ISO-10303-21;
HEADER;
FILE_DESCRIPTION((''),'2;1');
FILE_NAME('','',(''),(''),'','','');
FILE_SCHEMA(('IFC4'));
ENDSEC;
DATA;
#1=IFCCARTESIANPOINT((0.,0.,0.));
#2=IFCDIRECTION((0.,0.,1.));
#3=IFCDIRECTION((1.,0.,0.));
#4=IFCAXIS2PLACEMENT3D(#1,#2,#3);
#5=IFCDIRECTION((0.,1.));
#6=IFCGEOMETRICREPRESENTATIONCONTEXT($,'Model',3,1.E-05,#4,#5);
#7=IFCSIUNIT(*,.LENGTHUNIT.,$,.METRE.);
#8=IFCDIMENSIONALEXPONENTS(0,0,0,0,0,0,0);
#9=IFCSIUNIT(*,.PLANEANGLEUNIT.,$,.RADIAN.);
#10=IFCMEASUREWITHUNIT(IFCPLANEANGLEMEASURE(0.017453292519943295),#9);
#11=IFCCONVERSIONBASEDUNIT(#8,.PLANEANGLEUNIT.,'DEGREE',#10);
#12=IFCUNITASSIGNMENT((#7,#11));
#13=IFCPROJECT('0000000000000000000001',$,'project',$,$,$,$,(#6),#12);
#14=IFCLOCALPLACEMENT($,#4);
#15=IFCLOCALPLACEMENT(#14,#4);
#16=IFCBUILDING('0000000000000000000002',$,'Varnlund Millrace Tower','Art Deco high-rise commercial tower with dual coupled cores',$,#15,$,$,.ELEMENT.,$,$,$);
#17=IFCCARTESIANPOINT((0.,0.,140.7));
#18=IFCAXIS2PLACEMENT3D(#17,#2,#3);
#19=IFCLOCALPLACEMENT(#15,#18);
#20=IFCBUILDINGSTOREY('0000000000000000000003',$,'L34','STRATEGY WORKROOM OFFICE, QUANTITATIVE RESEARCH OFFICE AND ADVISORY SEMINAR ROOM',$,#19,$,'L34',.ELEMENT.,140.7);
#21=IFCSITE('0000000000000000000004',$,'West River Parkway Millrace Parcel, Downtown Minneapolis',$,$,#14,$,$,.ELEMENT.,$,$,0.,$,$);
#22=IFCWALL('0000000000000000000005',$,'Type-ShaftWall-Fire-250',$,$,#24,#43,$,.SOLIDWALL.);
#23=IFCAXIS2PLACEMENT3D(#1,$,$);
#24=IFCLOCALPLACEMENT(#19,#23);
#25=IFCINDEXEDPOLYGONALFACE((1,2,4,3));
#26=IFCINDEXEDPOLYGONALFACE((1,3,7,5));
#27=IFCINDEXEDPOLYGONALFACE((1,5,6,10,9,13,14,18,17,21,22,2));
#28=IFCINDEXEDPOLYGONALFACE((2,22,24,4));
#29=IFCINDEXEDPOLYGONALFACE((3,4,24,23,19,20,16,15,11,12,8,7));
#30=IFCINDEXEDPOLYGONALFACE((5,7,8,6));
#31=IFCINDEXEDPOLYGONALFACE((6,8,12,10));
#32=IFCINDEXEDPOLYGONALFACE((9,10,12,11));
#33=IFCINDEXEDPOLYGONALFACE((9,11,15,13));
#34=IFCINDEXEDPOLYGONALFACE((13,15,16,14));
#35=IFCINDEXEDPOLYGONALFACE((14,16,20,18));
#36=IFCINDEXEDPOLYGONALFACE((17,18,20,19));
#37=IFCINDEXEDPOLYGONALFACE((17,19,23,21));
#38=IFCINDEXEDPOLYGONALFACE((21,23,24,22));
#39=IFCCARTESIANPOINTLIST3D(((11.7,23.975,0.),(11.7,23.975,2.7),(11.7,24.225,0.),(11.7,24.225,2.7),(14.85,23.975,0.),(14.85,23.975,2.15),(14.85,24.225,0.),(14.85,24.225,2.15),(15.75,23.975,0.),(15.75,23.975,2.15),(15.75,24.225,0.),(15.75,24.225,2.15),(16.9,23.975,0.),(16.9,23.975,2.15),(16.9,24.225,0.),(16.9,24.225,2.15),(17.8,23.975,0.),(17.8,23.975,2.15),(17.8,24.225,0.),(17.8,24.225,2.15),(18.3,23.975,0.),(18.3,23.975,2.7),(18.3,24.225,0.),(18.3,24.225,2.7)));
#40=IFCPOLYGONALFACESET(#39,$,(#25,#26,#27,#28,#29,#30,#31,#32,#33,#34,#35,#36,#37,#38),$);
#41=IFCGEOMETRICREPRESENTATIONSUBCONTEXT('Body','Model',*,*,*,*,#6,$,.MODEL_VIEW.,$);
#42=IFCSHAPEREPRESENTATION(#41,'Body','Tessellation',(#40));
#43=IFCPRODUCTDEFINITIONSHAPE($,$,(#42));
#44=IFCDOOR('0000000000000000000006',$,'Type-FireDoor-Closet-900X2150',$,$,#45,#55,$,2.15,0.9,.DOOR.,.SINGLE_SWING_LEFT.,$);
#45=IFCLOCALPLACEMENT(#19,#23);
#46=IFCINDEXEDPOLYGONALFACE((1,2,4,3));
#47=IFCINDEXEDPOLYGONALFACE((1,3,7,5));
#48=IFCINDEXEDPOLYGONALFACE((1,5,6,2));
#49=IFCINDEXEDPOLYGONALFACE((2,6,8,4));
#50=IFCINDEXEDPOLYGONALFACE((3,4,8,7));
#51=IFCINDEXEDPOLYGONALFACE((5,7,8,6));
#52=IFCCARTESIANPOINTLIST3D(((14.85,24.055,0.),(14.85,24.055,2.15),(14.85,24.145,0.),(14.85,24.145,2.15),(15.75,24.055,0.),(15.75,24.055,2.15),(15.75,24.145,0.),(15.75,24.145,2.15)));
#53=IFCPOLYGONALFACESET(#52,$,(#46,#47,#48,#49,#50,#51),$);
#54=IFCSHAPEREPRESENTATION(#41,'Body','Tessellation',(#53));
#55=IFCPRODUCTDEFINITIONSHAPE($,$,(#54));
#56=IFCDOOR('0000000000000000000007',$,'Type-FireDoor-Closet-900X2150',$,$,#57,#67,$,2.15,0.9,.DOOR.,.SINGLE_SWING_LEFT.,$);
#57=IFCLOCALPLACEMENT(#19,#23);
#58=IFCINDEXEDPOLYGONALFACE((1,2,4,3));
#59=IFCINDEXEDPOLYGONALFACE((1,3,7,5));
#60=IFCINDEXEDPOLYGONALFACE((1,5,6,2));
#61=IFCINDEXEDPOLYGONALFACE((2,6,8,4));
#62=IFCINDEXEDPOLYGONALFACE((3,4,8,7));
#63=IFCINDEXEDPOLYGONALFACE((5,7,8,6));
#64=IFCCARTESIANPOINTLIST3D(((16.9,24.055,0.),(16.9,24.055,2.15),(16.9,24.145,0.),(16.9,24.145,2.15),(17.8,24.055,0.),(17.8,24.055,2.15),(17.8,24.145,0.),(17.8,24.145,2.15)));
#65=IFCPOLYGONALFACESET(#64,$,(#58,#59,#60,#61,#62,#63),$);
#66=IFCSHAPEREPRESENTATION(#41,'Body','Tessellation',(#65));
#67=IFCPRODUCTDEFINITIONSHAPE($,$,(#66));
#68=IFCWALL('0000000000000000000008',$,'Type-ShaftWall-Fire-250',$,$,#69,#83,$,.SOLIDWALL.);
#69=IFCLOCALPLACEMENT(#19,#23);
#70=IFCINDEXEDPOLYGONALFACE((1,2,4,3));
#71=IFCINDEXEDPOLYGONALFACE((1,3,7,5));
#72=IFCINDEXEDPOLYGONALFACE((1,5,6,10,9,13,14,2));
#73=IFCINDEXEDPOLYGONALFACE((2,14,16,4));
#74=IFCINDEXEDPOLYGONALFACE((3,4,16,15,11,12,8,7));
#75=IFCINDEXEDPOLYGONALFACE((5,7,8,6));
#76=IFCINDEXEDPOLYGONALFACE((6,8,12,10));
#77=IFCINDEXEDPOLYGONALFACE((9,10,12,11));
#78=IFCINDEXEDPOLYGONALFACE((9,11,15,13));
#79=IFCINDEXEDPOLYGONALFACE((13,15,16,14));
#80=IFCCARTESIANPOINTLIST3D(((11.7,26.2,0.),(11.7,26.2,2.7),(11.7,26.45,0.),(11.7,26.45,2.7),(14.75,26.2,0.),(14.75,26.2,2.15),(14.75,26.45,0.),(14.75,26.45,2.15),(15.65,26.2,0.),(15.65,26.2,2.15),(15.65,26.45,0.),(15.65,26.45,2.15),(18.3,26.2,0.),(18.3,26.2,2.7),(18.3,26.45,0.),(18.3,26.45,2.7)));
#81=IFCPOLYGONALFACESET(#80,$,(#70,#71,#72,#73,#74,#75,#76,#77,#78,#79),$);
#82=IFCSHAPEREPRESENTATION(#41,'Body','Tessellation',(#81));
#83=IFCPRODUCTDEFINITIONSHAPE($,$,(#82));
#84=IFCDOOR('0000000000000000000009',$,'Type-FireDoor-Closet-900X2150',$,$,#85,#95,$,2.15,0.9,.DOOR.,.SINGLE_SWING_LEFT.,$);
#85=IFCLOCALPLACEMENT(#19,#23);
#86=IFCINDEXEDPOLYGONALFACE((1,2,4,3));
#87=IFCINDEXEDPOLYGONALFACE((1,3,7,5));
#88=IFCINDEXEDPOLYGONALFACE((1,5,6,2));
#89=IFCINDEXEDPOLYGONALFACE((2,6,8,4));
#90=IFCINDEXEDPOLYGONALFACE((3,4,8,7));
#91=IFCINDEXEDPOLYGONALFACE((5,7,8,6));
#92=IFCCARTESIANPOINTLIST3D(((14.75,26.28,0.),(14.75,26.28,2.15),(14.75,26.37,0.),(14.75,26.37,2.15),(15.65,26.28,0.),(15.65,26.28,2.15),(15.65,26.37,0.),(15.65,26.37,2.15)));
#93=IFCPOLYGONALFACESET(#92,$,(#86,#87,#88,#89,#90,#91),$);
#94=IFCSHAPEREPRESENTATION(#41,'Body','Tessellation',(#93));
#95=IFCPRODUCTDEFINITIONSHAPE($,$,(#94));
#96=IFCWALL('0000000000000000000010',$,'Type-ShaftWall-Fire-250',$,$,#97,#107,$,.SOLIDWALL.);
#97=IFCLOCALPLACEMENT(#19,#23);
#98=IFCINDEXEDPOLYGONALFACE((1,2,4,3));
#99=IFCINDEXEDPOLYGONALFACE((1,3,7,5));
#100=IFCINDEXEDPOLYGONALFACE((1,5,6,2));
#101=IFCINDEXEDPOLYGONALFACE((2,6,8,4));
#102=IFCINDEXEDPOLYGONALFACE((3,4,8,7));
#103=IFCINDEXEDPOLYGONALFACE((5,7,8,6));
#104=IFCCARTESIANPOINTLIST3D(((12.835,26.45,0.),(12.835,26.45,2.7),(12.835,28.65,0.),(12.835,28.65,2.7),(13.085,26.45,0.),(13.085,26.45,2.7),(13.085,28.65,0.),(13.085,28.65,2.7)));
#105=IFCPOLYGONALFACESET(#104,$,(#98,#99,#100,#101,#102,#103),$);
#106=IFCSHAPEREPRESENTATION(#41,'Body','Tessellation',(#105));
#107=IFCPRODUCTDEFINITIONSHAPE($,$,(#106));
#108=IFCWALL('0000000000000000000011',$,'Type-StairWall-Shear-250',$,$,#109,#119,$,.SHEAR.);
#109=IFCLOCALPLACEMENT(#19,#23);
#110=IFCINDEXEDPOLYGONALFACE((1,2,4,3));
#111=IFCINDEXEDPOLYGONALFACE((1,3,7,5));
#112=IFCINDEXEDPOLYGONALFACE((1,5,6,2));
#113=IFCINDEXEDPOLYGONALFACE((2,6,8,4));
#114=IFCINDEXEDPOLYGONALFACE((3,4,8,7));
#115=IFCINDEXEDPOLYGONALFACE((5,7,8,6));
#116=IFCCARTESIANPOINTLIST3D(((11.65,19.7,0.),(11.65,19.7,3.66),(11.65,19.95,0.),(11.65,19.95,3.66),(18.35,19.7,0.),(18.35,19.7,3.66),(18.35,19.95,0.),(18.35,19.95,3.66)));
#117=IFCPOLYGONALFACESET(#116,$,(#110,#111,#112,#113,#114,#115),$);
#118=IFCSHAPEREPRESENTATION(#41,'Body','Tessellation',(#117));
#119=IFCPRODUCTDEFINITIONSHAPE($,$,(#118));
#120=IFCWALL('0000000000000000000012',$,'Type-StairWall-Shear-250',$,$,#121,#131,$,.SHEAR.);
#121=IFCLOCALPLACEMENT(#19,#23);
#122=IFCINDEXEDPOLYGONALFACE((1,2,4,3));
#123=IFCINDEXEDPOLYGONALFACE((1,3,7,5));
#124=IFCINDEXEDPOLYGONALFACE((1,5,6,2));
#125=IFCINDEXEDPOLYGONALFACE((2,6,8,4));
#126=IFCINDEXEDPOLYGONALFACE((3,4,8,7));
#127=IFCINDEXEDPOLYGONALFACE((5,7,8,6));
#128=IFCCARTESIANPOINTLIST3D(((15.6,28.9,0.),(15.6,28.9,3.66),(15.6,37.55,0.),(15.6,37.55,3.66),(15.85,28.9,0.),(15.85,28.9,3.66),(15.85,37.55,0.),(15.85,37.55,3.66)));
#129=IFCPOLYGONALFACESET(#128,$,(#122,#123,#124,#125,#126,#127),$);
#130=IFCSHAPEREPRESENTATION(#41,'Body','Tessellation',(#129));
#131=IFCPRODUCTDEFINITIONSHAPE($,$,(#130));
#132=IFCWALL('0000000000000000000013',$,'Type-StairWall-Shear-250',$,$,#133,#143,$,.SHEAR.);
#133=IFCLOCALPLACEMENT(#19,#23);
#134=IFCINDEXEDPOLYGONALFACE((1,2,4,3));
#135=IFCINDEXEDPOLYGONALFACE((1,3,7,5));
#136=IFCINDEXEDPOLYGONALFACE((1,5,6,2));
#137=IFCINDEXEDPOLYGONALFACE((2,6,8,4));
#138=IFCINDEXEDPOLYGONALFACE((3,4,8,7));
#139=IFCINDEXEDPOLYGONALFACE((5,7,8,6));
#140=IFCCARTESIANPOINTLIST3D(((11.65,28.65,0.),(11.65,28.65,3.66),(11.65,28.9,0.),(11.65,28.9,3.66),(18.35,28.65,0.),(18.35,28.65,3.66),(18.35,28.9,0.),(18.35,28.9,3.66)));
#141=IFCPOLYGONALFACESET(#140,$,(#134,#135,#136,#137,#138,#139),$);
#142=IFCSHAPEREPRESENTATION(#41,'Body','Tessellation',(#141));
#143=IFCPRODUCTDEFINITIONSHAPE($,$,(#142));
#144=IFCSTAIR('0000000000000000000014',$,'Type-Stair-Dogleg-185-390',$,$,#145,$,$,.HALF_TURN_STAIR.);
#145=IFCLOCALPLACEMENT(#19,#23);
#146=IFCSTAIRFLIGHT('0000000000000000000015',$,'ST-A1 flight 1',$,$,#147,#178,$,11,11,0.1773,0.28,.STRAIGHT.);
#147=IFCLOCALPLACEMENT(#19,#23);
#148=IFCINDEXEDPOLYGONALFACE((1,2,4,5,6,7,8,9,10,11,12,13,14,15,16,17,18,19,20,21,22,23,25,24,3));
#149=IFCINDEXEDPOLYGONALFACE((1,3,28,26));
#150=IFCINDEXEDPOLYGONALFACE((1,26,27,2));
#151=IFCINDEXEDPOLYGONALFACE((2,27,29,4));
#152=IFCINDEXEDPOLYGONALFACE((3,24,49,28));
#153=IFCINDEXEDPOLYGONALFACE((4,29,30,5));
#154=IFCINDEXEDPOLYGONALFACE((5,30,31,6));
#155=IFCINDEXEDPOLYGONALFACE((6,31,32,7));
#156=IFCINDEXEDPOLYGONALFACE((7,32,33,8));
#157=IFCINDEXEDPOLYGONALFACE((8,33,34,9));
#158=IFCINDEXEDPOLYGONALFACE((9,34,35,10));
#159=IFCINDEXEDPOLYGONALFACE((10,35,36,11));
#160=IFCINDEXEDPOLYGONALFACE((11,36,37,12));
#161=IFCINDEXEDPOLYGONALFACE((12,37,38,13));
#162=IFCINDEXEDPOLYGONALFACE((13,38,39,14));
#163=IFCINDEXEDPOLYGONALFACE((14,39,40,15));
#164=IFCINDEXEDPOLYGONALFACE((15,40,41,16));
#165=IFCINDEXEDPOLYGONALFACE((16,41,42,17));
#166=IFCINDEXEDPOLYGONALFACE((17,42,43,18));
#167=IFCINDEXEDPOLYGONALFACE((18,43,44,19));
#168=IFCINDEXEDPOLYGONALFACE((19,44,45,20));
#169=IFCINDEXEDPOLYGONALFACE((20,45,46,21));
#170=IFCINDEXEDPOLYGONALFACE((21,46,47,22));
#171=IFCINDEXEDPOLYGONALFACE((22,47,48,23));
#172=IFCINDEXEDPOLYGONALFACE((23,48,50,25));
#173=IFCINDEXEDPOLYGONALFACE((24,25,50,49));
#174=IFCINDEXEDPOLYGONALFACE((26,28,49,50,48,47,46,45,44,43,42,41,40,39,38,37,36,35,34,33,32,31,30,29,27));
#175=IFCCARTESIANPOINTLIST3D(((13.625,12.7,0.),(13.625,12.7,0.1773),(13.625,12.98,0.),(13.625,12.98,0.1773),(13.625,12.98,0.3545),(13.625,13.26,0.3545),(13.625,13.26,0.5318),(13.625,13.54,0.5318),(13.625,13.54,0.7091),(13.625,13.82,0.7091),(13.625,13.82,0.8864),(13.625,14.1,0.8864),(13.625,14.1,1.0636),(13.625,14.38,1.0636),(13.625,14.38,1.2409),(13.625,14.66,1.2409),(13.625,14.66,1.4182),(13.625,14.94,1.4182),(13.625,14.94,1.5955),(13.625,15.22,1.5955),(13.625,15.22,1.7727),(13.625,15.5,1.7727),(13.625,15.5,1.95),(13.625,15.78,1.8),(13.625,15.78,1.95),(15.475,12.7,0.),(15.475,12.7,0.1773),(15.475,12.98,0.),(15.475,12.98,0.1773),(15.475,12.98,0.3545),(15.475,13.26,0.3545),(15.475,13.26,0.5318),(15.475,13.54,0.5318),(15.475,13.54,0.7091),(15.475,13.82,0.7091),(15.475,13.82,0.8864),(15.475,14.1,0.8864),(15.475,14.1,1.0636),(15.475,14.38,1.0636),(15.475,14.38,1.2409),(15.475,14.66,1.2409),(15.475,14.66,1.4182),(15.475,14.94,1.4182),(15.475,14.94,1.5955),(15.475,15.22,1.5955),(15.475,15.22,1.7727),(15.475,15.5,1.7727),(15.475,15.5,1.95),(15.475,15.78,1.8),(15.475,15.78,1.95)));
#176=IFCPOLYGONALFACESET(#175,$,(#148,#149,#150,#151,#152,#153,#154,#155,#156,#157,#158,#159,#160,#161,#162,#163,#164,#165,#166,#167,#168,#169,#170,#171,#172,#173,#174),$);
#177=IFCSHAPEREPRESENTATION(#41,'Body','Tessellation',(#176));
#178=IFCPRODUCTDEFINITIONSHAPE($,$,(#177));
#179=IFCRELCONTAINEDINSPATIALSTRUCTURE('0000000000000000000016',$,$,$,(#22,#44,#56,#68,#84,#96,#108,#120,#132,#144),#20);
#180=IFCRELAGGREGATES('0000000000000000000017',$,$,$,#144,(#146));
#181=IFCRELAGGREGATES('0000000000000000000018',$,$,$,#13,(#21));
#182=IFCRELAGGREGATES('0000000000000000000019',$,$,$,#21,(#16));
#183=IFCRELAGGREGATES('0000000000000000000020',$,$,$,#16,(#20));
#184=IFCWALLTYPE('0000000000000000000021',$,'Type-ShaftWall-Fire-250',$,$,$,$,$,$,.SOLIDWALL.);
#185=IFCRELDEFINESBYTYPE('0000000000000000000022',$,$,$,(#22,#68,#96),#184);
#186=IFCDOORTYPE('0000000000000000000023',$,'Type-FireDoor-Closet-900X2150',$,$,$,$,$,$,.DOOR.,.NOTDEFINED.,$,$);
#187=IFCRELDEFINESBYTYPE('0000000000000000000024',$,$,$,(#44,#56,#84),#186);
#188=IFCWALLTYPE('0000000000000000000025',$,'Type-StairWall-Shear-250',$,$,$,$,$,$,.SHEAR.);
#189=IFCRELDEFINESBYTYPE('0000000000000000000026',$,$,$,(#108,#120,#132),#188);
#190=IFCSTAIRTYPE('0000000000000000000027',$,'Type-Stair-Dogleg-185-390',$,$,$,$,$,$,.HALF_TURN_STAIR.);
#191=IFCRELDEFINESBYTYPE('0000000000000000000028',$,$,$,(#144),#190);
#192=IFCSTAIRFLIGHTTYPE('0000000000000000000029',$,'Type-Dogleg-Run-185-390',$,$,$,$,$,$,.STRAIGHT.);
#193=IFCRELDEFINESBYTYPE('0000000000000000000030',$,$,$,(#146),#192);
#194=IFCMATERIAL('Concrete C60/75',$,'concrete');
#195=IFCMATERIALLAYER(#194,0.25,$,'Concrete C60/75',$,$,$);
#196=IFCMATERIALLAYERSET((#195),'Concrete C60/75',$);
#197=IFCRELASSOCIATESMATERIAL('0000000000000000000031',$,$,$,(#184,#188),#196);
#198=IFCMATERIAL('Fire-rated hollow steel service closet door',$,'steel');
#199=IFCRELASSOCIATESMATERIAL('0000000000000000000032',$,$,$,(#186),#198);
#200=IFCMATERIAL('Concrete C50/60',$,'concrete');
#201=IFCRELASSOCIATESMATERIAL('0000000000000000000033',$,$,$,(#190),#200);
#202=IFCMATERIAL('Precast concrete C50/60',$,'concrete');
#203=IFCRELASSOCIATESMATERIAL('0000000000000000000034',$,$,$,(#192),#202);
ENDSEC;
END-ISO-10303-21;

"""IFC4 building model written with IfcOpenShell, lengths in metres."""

from ifc_helpers import new_model, entity, si_unit, converted_unit, direction, frame, origin_with_axes, origin_2d_with_axis, place, context, subcontext, project, spatial, polyline, rectangle, outline, extrude, material, layer, layer_set, type_object, element, fill, aggregate, save


model = new_model("IFC4")

# Units and contexts
model_context = context("Model", 3, precision=1e-05, world=origin_with_axes(), true_north=direction((0.0, 1.0)))
body_context = subcontext(model_context, "Body", "Model", "MODEL_VIEW")
ifc_project = project(units=[si_unit("LENGTHUNIT", "METRE"), converted_unit("PLANEANGLEUNIT", "DEGREE", entity("IfcPlaneAngleMeasure", 0.017453292519943295), si_unit("PLANEANGLEUNIT", "RADIAN"), dimensions=[0, 0, 0, 0, 0, 0, 0])], contexts=[model_context])

# Site, building, storey
site_placement = place(None, origin_with_axes())
site = spatial("IfcSite", under=ifc_project, at=site_placement, Name="West River Parkway Millrace Parcel, Downtown Minneapolis", CompositionType="ELEMENT", RefElevation=0.0)
building_placement = place(site_placement, origin_with_axes())
building = spatial("IfcBuilding", under=site, at=building_placement, Name="Varnlund Millrace Tower", Description="Art Deco high-rise commercial tower with dual coupled cores", CompositionType="ELEMENT")
storey_placement = place(building_placement, frame((0.0, 0.0, 140.7), z_axis=(0.0, 0.0, 1.0), x_axis=(1.0, 0.0, 0.0)))
storey = spatial("IfcBuildingStorey", under=building, at=storey_placement, Name="L34", Description="STRATEGY WORKROOM OFFICE, QUANTITATIVE RESEARCH OFFICE AND ADVISORY SEMINAR ROOM", LongName="L34", CompositionType="ELEMENT", Elevation=140.7)

# Wall, openings, doors
ifc_material_1 = material(Name="Concrete C60/75", Category="concrete")
ifc_layer = layer(ifc_material_1, 0.25, Name="Concrete C60/75")
ifc_layer_set = layer_set([ifc_layer], Name="Concrete C60/75")
wall_type_1 = type_object("IfcWallType", Name="Type-ShaftWall-Fire-250", PredefinedType="SOLIDWALL", material=ifc_layer_set)
wall_1_placement = place(storey_placement, frame((11.7, 24.1, 0.0), z_axis=(0.0, 0.0, 1.0), x_axis=(1.0, 0.0, 0.0)))
wall_1 = element("IfcWall", 1, at=wall_1_placement, inside=storey, type_object=wall_type_1, Name="Type-ShaftWall-Fire-250", PredefinedType="SOLIDWALL", context=body_context, shape_type="SweptSolid", body=[
    extrude(outline(polyline([(0.0, -0.125), (6.6, -0.125), (6.6, 0.125), (0.0, 0.125), (0.0, -0.125)])), origin_with_axes(), (0.0, 0.0, 1.0), 2.7),
])
opening_1_placement = place(wall_1_placement, frame((3.6, 0.0, 0.0), z_axis=(0.0, 0.0, 1.0), x_axis=(1.0, 0.0, 0.0)))
opening_1 = element("IfcOpeningElement", 2, at=opening_1_placement, cuts=wall_1, PredefinedType="OPENING", context=body_context, shape_type="SweptSolid", body=[
    extrude(rectangle(XDim=0.9, YDim=0.27, at=origin_2d_with_axis()), origin_with_axes(), (0.0, 0.0, 1.0), 2.15),
])
opening_2_placement = place(wall_1_placement, frame((5.65, 0.0, 0.0), z_axis=(0.0, 0.0, 1.0), x_axis=(1.0, 0.0, 0.0)))
opening_2 = element("IfcOpeningElement", 3, at=opening_2_placement, cuts=wall_1, PredefinedType="OPENING", context=body_context, shape_type="SweptSolid", body=[
    extrude(rectangle(XDim=0.9, YDim=0.27, at=origin_2d_with_axis()), origin_with_axes(), (0.0, 0.0, 1.0), 2.15),
])
ifc_material_2 = material(Name="Fire-rated hollow steel service closet door", Category="steel")
door_type_1 = type_object("IfcDoorType", Name="Type-FireDoor-Closet-900X2150", OperationType="NOTDEFINED", PredefinedType="DOOR", material=ifc_material_2)
door_1_placement = place(wall_1_placement, frame((3.6, 0.0, 0.0), z_axis=(0.0, 0.0, 1.0), x_axis=(1.0, 0.0, 0.0)))
door_1 = element("IfcDoor", 4, at=door_1_placement, inside=storey, type_object=door_type_1, Name="Type-FireDoor-Closet-900X2150", OperationType="SINGLE_SWING_LEFT", OverallHeight=2.15, OverallWidth=0.9, PredefinedType="DOOR", context=body_context, shape_type="SweptSolid", body=[
    extrude(rectangle(XDim=0.9, YDim=0.09, at=origin_2d_with_axis()), origin_with_axes(), (0.0, 0.0, 1.0), 2.15),
])
fill(opening_1, door_1)
door_2_placement = place(wall_1_placement, frame((5.65, 0.0, 0.0), z_axis=(0.0, 0.0, 1.0), x_axis=(1.0, 0.0, 0.0)))
door_2 = element("IfcDoor", 5, at=door_2_placement, inside=storey, type_object=door_type_1, Name="Type-FireDoor-Closet-900X2150", OperationType="SINGLE_SWING_LEFT", OverallHeight=2.15, OverallWidth=0.9, PredefinedType="DOOR", context=body_context, shape_type="SweptSolid", body=[
    extrude(rectangle(XDim=0.9, YDim=0.09, at=origin_2d_with_axis()), origin_with_axes(), (0.0, 0.0, 1.0), 2.15),
])
fill(opening_2, door_2)

# Wall, opening, door
wall_2_placement = place(storey_placement, frame((11.7, 26.325, 0.0), z_axis=(0.0, 0.0, 1.0), x_axis=(1.0, 0.0, 0.0)))
wall_2 = element("IfcWall", 6, at=wall_2_placement, inside=storey, type_object=wall_type_1, Name="Type-ShaftWall-Fire-250", PredefinedType="SOLIDWALL", context=body_context, shape_type="SweptSolid", body=[
    extrude(outline(polyline([(0.0, -0.125), (6.6, -0.125), (6.6, 0.125), (0.0, 0.125), (0.0, -0.125)])), origin_with_axes(), (0.0, 0.0, 1.0), 2.7),
])
opening_3_placement = place(wall_2_placement, frame((3.5, 0.0, 0.0), z_axis=(0.0, 0.0, 1.0), x_axis=(1.0, 0.0, 0.0)))
opening_3 = element("IfcOpeningElement", 7, at=opening_3_placement, cuts=wall_2, PredefinedType="OPENING", context=body_context, shape_type="SweptSolid", body=[
    extrude(rectangle(XDim=0.9, YDim=0.27, at=origin_2d_with_axis()), origin_with_axes(), (0.0, 0.0, 1.0), 2.15),
])
door_3_placement = place(wall_2_placement, frame((3.5, 0.0, 0.0), z_axis=(0.0, 0.0, 1.0), x_axis=(1.0, 0.0, 0.0)))
door_3 = element("IfcDoor", 8, at=door_3_placement, inside=storey, type_object=door_type_1, Name="Type-FireDoor-Closet-900X2150", OperationType="SINGLE_SWING_LEFT", OverallHeight=2.15, OverallWidth=0.9, PredefinedType="DOOR", context=body_context, shape_type="SweptSolid", body=[
    extrude(rectangle(XDim=0.9, YDim=0.09, at=origin_2d_with_axis()), origin_with_axes(), (0.0, 0.0, 1.0), 2.15),
])
fill(opening_3, door_3)

# Walls
wall_3_placement = place(storey_placement, frame((12.96, 26.45, 0.0), z_axis=(0.0, 0.0, 1.0), x_axis=(0.0, 1.0, 0.0)))
element("IfcWall", 9, at=wall_3_placement, inside=storey, type_object=wall_type_1, Name="Type-ShaftWall-Fire-250", PredefinedType="SOLIDWALL", context=body_context, shape_type="SweptSolid", body=[
    extrude(outline(polyline([(0.0, -0.125), (2.2, -0.125), (2.2, 0.125), (0.0, 0.125), (0.0, -0.125)])), origin_with_axes(), (0.0, 0.0, 1.0), 2.7),
])
wall_type_2 = type_object("IfcWallType", Name="Type-StairWall-Shear-250", PredefinedType="SHEAR", material=ifc_layer_set)
wall_4_placement = place(storey_placement, frame((11.65, 19.825, 0.0), z_axis=(0.0, 0.0, 1.0), x_axis=(1.0, 0.0, 0.0)))
element("IfcWall", 10, at=wall_4_placement, inside=storey, type_object=wall_type_2, Name="Type-StairWall-Shear-250", PredefinedType="SHEAR", context=body_context, shape_type="SweptSolid", body=[
    extrude(outline(polyline([(0.0, -0.125), (6.7, -0.125), (6.7, 0.125), (0.0, 0.125), (0.0, -0.125)])), origin_with_axes(), (0.0, 0.0, 1.0), 3.66),
])
wall_5_placement = place(storey_placement, frame((15.725, 28.9, 0.0), z_axis=(0.0, 0.0, 1.0), x_axis=(0.0, 1.0, 0.0)))
element("IfcWall", 11, at=wall_5_placement, inside=storey, type_object=wall_type_2, Name="Type-StairWall-Shear-250", PredefinedType="SHEAR", context=body_context, shape_type="SweptSolid", body=[
    extrude(outline(polyline([(0.0, -0.125), (8.65, -0.125), (8.65, 0.125), (0.0, 0.125), (0.0, -0.125)])), origin_with_axes(), (0.0, 0.0, 1.0), 3.66),
])
wall_6_placement = place(storey_placement, frame((11.65, 28.775, 0.0), z_axis=(0.0, 0.0, 1.0), x_axis=(1.0, 0.0, 0.0)))
element("IfcWall", 12, at=wall_6_placement, inside=storey, type_object=wall_type_2, Name="Type-StairWall-Shear-250", PredefinedType="SHEAR", context=body_context, shape_type="SweptSolid", body=[
    extrude(outline(polyline([(0.0, -0.125), (6.7, -0.125), (6.7, 0.125), (0.0, 0.125), (0.0, -0.125)])), origin_with_axes(), (0.0, 0.0, 1.0), 3.66),
])

# Stair, stair flight
ifc_material_3 = material(Name="Concrete C50/60", Category="concrete")
stair_type = type_object("IfcStairType", Name="Type-Stair-Dogleg-185-390", PredefinedType="HALF_TURN_STAIR", material=ifc_material_3)
stair_1_placement = place(storey_placement, origin_with_axes())
stair_1 = element("IfcStair", 13, at=stair_1_placement, inside=storey, type_object=stair_type, Name="Type-Stair-Dogleg-185-390", PredefinedType="HALF_TURN_STAIR")
ifc_material_4 = material(Name="Precast concrete C50/60", Category="concrete")
stair_flight_type = type_object("IfcStairFlightType", Name="Type-Dogleg-Run-185-390", PredefinedType="STRAIGHT", material=ifc_material_4)
stair_flight_1_placement = place(storey_placement, frame((13.625, 12.7, 0.0), z_axis=(1.0, 0.0, 0.0), x_axis=(0.0, 1.0, 0.0)))
stair_flight_1 = element("IfcStairFlight", 14, at=stair_flight_1_placement, type_object=stair_flight_type, Name="ST-A1 flight 1", NumberOfRisers=11, NumberOfTreads=11, PredefinedType="STRAIGHT", RiserHeight=0.1773, TreadLength=0.28, context=body_context, shape_type="SweptSolid", body=[
    extrude(outline(polyline([(0.0, 0.0), (0.0, 0.1773), (0.28, 0.1773), (0.28, 0.3545), (0.56, 0.3545), (0.56, 0.5318), (0.84, 0.5318), (0.84, 0.7091), (1.12, 0.7091), (1.12, 0.8864), (1.4, 0.8864), (1.4, 1.0636), (1.68, 1.0636), (1.68, 1.2409), (1.96, 1.2409), (1.96, 1.4182), (2.24, 1.4182), (2.24, 1.5955), (2.52, 1.5955), (2.52, 1.7727), (2.8, 1.7727), (2.8, 1.95), (3.08, 1.95), (3.08, 1.8), (0.28, 0.0), (0.0, 0.0)])), origin_with_axes(), (0.0, 0.0, 1.0), 1.85),
])
aggregate(stair_1, [stair_flight_1])

save(model, "model.ifc")
